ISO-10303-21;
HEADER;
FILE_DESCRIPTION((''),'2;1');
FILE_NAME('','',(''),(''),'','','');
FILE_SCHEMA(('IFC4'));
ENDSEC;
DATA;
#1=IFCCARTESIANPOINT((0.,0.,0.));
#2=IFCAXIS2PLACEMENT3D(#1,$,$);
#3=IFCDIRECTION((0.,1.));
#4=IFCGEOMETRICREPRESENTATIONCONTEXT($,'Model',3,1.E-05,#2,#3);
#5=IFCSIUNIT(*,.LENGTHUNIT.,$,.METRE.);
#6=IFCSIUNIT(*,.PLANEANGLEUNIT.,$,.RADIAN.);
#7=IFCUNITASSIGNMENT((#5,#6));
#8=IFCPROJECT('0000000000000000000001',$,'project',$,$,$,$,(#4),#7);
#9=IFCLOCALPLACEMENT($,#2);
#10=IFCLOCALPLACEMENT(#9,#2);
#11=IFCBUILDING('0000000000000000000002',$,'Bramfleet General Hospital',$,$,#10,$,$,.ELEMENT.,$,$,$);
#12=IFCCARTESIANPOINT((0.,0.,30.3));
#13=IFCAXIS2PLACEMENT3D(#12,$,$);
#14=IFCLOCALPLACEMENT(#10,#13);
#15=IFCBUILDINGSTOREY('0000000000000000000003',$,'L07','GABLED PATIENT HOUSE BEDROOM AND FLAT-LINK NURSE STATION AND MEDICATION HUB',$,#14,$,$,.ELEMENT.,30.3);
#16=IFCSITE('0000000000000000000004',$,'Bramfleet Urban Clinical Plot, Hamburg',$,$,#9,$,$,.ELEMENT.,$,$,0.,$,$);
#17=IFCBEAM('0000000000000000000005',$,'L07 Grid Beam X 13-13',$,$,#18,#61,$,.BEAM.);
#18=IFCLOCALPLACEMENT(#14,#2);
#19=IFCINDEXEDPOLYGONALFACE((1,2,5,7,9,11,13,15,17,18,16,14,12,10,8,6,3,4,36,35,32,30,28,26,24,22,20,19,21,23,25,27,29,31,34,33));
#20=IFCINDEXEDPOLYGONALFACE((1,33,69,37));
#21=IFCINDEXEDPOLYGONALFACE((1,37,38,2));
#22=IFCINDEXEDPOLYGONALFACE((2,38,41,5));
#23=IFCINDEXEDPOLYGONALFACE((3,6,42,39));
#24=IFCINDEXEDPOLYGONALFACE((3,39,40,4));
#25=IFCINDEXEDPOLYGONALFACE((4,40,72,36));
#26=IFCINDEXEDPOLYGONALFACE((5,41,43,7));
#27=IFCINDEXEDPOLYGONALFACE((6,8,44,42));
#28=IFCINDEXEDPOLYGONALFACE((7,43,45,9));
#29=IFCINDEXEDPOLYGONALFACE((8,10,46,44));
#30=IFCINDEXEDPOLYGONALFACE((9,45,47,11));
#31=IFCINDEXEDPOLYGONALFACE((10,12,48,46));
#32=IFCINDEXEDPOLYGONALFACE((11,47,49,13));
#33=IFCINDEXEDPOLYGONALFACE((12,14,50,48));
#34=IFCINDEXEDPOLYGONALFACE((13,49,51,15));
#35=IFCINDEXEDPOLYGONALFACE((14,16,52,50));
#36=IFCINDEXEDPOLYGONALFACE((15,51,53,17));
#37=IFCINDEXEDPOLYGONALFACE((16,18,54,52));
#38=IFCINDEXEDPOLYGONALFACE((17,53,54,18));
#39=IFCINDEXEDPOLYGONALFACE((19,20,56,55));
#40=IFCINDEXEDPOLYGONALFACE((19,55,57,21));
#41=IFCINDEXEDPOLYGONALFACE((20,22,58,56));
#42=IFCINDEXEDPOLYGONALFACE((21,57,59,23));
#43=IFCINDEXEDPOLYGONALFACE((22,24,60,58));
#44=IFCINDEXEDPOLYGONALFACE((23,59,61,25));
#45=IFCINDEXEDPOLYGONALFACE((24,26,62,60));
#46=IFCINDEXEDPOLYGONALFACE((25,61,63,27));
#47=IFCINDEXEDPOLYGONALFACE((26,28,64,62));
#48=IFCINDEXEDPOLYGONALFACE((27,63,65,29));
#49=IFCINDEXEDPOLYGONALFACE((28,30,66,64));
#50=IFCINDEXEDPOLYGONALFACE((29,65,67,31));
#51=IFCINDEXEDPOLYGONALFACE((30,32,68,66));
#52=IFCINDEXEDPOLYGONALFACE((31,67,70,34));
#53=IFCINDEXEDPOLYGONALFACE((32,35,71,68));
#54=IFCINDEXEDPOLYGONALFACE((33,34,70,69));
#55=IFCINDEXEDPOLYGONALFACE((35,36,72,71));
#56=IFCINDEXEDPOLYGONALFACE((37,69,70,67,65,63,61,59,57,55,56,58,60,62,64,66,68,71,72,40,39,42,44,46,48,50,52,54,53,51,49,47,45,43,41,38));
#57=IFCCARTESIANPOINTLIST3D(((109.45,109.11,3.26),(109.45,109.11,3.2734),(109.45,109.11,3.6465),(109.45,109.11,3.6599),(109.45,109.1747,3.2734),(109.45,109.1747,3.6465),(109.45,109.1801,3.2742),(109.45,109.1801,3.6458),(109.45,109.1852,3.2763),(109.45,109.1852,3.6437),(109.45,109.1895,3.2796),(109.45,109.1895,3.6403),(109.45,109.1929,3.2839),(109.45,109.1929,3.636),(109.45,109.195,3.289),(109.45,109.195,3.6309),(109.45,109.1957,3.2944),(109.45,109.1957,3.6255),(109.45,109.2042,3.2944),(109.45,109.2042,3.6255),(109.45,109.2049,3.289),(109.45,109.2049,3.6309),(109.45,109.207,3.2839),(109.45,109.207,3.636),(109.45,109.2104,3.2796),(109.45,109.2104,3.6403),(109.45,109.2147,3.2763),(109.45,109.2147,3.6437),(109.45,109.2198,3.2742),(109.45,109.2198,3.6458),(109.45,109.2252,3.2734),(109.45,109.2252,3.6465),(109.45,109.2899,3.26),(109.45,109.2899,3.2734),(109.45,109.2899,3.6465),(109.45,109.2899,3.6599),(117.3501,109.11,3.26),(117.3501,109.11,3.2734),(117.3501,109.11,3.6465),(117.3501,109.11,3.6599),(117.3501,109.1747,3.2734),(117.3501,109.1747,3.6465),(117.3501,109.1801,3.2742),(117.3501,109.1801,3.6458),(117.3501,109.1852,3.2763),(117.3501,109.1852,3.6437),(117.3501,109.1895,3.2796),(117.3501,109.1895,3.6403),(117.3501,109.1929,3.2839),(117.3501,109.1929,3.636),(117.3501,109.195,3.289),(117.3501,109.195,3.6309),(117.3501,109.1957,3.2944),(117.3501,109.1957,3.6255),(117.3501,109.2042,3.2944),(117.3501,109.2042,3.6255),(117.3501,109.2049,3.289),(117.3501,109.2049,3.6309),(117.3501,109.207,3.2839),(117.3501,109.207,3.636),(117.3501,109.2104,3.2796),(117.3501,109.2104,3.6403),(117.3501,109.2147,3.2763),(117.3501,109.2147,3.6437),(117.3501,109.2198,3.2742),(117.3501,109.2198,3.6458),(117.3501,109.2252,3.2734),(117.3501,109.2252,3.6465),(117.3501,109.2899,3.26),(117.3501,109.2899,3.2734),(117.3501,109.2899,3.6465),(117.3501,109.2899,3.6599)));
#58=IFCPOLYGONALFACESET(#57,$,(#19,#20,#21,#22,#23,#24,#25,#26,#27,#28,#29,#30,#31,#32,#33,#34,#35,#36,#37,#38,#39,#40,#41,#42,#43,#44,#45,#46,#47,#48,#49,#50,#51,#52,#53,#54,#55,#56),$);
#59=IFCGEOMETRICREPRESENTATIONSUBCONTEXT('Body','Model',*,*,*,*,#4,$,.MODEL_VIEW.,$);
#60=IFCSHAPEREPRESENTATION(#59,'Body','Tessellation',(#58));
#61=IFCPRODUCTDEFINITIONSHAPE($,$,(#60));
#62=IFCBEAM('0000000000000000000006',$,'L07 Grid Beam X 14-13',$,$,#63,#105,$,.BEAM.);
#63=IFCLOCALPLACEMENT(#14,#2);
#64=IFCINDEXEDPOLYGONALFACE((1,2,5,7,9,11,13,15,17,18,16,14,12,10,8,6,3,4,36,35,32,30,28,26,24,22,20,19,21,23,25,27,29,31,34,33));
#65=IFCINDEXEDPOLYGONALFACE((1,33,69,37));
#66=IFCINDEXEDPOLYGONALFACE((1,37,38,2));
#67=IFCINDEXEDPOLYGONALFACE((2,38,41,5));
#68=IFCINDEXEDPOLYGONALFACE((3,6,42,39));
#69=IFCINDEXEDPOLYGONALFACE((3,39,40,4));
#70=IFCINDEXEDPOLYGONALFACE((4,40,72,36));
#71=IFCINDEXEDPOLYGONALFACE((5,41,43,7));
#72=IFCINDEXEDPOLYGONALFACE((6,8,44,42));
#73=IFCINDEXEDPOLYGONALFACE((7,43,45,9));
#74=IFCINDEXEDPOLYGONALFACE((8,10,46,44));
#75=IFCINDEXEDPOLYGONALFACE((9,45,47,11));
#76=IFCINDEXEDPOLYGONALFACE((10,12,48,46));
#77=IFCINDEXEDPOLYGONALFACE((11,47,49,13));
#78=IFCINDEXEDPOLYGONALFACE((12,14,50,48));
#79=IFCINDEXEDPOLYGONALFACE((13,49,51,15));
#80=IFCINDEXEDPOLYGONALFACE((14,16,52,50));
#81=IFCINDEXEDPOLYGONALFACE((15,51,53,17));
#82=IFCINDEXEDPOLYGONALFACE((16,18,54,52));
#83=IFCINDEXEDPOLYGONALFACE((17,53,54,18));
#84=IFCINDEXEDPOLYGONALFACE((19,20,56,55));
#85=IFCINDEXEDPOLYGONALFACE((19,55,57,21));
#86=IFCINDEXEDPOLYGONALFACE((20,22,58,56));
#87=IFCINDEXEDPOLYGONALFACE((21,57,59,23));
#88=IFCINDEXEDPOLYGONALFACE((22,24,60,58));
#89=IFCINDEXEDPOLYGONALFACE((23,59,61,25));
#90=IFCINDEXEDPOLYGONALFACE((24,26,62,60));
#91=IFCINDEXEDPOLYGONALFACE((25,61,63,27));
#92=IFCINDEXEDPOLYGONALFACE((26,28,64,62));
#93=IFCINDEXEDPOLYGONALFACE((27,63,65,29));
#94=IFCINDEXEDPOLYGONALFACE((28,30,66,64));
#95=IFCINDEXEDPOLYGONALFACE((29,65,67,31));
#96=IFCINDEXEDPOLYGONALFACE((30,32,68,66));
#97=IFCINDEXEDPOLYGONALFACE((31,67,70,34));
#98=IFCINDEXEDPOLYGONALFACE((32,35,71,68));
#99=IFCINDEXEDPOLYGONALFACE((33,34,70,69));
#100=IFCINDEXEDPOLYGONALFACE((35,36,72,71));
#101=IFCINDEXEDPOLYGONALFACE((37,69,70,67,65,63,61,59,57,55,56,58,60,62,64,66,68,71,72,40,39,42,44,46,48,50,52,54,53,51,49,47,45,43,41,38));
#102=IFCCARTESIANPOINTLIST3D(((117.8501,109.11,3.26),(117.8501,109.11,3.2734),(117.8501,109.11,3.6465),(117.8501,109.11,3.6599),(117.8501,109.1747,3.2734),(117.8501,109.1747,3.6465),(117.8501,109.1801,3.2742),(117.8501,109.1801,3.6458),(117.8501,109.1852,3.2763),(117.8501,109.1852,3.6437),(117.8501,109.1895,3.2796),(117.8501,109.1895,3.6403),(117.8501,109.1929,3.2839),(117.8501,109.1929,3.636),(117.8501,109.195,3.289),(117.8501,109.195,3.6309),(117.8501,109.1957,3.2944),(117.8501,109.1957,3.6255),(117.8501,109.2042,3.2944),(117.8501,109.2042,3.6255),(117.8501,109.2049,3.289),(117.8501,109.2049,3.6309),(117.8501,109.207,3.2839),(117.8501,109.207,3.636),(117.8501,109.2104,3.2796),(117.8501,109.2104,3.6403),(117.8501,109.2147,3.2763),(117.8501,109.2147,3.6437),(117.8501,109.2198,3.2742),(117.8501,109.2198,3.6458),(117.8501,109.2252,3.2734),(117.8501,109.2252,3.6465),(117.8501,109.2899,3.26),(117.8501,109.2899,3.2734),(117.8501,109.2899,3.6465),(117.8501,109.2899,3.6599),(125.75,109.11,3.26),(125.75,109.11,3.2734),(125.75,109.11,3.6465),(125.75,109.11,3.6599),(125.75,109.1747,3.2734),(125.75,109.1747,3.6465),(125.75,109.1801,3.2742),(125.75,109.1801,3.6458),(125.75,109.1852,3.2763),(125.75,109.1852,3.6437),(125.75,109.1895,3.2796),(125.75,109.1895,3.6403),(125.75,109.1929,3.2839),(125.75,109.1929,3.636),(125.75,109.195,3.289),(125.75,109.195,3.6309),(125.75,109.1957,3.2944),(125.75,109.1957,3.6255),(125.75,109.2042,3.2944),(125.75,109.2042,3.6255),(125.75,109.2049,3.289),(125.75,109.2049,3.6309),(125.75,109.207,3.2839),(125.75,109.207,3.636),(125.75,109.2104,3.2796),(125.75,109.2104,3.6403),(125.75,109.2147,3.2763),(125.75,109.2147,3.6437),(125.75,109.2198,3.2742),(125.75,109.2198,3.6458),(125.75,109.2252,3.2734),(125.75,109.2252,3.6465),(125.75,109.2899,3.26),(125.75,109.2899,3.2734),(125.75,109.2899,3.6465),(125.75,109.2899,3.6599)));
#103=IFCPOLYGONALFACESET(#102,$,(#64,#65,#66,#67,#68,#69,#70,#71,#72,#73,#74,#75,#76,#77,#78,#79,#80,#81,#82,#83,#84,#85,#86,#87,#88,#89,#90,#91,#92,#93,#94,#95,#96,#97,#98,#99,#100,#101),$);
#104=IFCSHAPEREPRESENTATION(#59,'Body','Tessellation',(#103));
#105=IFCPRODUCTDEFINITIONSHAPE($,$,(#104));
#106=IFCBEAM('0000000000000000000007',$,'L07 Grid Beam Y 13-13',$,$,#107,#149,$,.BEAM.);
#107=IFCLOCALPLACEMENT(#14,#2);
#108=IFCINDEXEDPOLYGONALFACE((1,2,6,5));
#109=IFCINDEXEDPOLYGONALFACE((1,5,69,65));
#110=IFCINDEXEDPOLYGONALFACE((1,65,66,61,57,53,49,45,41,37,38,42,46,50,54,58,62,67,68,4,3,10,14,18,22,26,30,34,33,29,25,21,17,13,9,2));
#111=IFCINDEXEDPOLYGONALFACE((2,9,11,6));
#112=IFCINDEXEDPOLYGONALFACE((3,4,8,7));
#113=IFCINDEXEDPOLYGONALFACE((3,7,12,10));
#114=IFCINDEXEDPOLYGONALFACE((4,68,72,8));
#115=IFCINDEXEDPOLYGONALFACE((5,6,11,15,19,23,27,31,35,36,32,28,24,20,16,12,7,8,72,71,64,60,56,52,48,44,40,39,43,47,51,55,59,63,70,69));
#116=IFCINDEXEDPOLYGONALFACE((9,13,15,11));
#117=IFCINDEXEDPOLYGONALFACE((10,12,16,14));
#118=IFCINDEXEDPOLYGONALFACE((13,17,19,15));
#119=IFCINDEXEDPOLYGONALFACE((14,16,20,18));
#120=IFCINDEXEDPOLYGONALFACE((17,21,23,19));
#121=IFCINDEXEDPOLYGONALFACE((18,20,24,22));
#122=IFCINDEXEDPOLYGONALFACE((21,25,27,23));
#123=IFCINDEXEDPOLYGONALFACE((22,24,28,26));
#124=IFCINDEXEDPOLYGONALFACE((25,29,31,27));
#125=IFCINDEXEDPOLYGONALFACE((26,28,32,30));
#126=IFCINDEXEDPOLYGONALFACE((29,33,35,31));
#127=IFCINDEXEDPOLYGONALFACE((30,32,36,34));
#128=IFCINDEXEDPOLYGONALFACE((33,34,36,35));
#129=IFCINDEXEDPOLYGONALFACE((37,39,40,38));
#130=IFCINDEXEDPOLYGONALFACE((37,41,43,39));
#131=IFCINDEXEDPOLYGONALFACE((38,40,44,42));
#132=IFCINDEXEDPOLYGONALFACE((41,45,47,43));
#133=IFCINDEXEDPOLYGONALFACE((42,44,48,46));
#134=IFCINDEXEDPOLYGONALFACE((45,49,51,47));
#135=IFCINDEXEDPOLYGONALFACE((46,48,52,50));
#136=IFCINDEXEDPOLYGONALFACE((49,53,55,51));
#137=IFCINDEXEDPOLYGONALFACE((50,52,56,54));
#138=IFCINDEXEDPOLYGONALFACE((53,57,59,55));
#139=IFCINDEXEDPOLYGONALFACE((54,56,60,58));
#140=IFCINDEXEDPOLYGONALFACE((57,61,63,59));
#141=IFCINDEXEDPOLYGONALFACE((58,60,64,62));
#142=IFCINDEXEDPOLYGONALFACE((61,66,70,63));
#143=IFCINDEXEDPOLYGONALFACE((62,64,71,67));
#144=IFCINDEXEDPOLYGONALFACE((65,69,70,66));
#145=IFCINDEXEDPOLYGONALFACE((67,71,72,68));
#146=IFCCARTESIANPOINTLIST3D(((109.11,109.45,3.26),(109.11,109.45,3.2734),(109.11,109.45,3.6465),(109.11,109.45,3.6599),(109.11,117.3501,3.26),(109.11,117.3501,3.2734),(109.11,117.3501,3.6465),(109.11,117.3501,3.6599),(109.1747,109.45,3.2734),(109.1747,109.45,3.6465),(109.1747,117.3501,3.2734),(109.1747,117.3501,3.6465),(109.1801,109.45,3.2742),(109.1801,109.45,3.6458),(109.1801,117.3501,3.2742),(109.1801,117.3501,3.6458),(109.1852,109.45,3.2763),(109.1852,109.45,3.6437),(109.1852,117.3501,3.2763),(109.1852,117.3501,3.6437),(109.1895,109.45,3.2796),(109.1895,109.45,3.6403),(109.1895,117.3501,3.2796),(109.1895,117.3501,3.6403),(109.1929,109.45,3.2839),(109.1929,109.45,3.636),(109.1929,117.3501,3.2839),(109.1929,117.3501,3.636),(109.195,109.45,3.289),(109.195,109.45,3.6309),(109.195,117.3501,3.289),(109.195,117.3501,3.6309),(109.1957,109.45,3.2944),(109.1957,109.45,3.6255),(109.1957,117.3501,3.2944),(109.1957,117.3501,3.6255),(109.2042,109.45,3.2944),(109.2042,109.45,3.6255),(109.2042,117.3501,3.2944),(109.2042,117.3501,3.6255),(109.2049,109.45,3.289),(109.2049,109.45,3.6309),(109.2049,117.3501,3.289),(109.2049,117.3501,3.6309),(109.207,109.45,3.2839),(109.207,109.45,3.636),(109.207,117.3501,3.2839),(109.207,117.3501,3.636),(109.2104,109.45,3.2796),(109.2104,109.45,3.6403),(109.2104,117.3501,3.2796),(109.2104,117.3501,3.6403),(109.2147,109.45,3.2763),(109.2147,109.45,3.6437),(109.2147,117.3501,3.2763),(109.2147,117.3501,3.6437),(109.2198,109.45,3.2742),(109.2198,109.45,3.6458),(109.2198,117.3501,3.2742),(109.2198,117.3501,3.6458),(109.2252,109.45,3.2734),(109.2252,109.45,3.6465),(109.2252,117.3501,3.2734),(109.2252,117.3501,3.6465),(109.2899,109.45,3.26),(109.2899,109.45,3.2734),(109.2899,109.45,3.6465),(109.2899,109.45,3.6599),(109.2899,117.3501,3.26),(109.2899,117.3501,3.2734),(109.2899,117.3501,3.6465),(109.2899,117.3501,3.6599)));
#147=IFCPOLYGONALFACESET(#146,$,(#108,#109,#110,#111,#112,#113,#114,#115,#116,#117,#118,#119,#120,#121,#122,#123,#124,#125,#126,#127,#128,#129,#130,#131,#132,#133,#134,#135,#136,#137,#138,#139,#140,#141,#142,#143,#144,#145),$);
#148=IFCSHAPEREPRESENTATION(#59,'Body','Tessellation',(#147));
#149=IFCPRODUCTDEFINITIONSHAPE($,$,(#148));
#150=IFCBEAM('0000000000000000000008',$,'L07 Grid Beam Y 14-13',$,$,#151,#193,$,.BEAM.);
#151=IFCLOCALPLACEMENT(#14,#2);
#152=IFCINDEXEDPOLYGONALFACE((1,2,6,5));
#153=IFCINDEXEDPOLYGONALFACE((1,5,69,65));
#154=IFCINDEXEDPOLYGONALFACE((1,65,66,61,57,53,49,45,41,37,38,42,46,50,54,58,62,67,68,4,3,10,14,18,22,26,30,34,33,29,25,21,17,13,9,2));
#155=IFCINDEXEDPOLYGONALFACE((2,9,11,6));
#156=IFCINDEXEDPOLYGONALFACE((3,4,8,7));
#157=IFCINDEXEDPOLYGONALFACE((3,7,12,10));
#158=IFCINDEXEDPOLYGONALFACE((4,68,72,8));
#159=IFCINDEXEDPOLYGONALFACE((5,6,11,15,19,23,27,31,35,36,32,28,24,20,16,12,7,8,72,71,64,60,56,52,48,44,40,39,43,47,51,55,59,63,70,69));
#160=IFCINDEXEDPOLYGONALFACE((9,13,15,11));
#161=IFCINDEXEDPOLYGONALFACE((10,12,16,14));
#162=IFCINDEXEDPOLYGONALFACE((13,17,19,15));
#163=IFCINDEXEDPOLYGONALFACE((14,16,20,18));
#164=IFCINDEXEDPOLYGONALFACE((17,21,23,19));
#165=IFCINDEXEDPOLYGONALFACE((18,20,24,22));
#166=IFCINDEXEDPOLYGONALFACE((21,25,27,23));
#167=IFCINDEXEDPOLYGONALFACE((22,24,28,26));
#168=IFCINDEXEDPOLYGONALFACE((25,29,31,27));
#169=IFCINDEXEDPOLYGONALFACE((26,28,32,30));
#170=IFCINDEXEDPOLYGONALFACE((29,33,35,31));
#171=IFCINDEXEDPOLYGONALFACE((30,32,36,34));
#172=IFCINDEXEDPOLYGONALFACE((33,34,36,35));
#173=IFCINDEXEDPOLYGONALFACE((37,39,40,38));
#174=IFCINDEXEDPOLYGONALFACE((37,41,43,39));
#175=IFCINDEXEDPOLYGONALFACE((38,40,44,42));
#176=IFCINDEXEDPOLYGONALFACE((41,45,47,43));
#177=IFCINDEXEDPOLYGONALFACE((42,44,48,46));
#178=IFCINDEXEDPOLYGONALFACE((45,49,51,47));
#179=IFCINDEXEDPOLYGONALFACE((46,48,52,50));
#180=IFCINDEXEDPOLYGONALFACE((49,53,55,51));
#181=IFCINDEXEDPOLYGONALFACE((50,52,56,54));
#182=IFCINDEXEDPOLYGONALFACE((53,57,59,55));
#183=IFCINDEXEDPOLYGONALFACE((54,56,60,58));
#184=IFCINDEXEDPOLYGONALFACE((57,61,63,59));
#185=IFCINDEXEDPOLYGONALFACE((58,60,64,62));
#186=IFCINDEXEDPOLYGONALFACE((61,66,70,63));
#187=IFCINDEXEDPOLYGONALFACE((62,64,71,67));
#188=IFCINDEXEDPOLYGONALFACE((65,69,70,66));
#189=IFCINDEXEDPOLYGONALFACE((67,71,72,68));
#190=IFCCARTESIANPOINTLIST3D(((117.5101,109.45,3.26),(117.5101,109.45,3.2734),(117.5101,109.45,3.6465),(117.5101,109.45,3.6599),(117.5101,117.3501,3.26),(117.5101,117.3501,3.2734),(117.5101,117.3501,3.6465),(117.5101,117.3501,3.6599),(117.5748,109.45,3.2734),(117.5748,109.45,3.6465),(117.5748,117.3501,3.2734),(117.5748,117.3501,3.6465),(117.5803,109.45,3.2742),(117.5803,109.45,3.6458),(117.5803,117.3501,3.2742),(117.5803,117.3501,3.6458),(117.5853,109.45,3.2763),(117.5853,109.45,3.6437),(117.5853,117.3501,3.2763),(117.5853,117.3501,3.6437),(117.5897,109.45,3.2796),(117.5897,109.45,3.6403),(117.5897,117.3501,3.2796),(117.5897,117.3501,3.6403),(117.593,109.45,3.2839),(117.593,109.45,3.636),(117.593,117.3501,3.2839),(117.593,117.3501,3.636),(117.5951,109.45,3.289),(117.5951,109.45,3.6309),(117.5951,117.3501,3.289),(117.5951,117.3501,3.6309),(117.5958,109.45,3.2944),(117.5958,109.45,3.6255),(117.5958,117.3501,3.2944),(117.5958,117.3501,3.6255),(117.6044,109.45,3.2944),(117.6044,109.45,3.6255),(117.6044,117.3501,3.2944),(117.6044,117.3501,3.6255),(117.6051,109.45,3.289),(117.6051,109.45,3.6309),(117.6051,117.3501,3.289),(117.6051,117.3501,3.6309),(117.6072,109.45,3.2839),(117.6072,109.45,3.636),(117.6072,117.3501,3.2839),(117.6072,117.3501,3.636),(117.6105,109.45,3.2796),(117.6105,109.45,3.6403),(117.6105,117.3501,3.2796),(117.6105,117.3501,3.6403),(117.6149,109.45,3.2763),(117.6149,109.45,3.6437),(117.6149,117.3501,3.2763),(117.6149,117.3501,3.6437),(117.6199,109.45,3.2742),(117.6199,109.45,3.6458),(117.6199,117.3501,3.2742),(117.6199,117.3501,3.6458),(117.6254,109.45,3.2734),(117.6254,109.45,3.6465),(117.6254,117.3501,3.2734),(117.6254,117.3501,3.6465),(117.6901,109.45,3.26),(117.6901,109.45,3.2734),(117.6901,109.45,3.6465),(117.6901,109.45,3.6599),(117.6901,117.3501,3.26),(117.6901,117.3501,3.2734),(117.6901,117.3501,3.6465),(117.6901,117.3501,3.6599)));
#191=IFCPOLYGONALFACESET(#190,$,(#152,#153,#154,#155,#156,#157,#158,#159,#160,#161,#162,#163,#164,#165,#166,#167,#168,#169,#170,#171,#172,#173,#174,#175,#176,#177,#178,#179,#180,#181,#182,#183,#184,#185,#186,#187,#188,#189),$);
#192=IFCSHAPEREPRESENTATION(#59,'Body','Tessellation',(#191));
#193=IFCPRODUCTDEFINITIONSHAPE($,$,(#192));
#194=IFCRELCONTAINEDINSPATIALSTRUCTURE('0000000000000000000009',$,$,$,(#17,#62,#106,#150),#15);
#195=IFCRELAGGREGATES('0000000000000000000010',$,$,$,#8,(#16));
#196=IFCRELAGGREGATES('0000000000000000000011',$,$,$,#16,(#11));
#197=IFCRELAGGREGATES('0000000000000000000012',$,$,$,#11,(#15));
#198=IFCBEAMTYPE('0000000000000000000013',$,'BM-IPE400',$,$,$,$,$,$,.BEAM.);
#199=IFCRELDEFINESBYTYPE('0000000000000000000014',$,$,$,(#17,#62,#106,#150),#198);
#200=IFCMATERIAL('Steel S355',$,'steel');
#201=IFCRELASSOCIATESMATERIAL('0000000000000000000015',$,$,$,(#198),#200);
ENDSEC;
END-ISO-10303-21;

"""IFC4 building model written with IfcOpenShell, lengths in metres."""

from ifc_helpers import new_model, si_unit, direction, frame, origin, origin_2d, place, context, subcontext, project, spatial, i_section, extrude, material, material_profile, profile_set, type_object, element, save


model = new_model("IFC4")

# Units and contexts
model_context = context("Model", 3, precision=1e-05, world=origin(), true_north=direction((0.0, 1.0)))
body_context = subcontext(model_context, "Body", "Model", "MODEL_VIEW")
ifc_project = project(units=[si_unit("LENGTHUNIT", "METRE"), si_unit("PLANEANGLEUNIT", "RADIAN")], contexts=[model_context])

# Site, building, storey
site_placement = place(None, origin())
site = spatial("IfcSite", under=ifc_project, at=site_placement, Name="Bramfleet Urban Clinical Plot, Hamburg", CompositionType="ELEMENT", RefElevation=0.0)
building_placement = place(site_placement, origin())
building = spatial("IfcBuilding", under=site, at=building_placement, Name="Bramfleet General Hospital", CompositionType="ELEMENT")
storey_placement = place(building_placement, frame((0.0, 0.0, 30.3)))
storey = spatial("IfcBuildingStorey", under=building, at=storey_placement, Name="L07", Description="GABLED PATIENT HOUSE BEDROOM AND FLAT-LINK NURSE STATION AND MEDICATION HUB", CompositionType="ELEMENT", Elevation=30.3)

# Beams
ifc_material_1 = material(Name="Steel S355", Category="steel")
ifc_material_profile_1 = material_profile(ifc_material_1, i_section(OverallWidth=0.1799, OverallDepth=0.3999, WebThickness=0.0085, FlangeThickness=0.0134, FilletRadius=0.021, at=origin_2d()), Name="IPE 400")
ifc_profile_set_1 = profile_set([ifc_material_profile_1], Name="Steel S355")
beam_type_1 = type_object("IfcBeamType", Name="BM-IPE400", PredefinedType="BEAM", material=ifc_profile_set_1)
beam_1_placement = place(storey_placement, frame((109.45, 109.2, 3.46), z_axis=(1.0, 0.0, 0.0), x_axis=(0.0, 1.0, 0.0)))
element("IfcBeam", 1, at=beam_1_placement, inside=storey, type_object=beam_type_1, Name="L07 Grid Beam X 13-13", PredefinedType="BEAM", context=body_context, shape_type="SweptSolid", body=[
    extrude(i_section(OverallWidth=0.1799, OverallDepth=0.3999, WebThickness=0.0085, FlangeThickness=0.0134, FilletRadius=0.021, at=origin_2d()), origin(), (0.0, 0.0, 1.0), 7.9001),
])
beam_2_placement = place(storey_placement, frame((117.8501, 109.2, 3.46), z_axis=(1.0, 0.0, 0.0), x_axis=(0.0, 1.0, 0.0)))
element("IfcBeam", 2, at=beam_2_placement, inside=storey, type_object=beam_type_1, Name="L07 Grid Beam X 14-13", PredefinedType="BEAM", context=body_context, shape_type="SweptSolid", body=[
    extrude(i_section(OverallWidth=0.1799, OverallDepth=0.3999, WebThickness=0.0085, FlangeThickness=0.0134, FilletRadius=0.021, at=origin_2d()), origin(), (0.0, 0.0, 1.0), 7.8999),
])
for number, where, z_axis, x_axis, name in (
    (3, (109.2, 109.45, 3.46), (0.0, 1.0, 0.0), (-1.0, 0.0, 0.0), "L07 Grid Beam Y 13-13"),
    (4, (117.6001, 109.45, 3.46), (0.0, 1.0, 0.0), (-1.0, 0.0, 0.0), "L07 Grid Beam Y 14-13"),
):
    element("IfcBeam", number, at=place(storey_placement, frame(where, z_axis=z_axis, x_axis=x_axis)), inside=storey, type_object=beam_type_1, Name=name, PredefinedType="BEAM", context=body_context, shape_type="SweptSolid", body=[
        extrude(i_section(OverallWidth=0.1799, OverallDepth=0.3999, WebThickness=0.0085, FlangeThickness=0.0134, FilletRadius=0.021, at=origin_2d()), origin(), (0.0, 0.0, 1.0), 7.9001),
    ])

save(model, "model.ifc")
